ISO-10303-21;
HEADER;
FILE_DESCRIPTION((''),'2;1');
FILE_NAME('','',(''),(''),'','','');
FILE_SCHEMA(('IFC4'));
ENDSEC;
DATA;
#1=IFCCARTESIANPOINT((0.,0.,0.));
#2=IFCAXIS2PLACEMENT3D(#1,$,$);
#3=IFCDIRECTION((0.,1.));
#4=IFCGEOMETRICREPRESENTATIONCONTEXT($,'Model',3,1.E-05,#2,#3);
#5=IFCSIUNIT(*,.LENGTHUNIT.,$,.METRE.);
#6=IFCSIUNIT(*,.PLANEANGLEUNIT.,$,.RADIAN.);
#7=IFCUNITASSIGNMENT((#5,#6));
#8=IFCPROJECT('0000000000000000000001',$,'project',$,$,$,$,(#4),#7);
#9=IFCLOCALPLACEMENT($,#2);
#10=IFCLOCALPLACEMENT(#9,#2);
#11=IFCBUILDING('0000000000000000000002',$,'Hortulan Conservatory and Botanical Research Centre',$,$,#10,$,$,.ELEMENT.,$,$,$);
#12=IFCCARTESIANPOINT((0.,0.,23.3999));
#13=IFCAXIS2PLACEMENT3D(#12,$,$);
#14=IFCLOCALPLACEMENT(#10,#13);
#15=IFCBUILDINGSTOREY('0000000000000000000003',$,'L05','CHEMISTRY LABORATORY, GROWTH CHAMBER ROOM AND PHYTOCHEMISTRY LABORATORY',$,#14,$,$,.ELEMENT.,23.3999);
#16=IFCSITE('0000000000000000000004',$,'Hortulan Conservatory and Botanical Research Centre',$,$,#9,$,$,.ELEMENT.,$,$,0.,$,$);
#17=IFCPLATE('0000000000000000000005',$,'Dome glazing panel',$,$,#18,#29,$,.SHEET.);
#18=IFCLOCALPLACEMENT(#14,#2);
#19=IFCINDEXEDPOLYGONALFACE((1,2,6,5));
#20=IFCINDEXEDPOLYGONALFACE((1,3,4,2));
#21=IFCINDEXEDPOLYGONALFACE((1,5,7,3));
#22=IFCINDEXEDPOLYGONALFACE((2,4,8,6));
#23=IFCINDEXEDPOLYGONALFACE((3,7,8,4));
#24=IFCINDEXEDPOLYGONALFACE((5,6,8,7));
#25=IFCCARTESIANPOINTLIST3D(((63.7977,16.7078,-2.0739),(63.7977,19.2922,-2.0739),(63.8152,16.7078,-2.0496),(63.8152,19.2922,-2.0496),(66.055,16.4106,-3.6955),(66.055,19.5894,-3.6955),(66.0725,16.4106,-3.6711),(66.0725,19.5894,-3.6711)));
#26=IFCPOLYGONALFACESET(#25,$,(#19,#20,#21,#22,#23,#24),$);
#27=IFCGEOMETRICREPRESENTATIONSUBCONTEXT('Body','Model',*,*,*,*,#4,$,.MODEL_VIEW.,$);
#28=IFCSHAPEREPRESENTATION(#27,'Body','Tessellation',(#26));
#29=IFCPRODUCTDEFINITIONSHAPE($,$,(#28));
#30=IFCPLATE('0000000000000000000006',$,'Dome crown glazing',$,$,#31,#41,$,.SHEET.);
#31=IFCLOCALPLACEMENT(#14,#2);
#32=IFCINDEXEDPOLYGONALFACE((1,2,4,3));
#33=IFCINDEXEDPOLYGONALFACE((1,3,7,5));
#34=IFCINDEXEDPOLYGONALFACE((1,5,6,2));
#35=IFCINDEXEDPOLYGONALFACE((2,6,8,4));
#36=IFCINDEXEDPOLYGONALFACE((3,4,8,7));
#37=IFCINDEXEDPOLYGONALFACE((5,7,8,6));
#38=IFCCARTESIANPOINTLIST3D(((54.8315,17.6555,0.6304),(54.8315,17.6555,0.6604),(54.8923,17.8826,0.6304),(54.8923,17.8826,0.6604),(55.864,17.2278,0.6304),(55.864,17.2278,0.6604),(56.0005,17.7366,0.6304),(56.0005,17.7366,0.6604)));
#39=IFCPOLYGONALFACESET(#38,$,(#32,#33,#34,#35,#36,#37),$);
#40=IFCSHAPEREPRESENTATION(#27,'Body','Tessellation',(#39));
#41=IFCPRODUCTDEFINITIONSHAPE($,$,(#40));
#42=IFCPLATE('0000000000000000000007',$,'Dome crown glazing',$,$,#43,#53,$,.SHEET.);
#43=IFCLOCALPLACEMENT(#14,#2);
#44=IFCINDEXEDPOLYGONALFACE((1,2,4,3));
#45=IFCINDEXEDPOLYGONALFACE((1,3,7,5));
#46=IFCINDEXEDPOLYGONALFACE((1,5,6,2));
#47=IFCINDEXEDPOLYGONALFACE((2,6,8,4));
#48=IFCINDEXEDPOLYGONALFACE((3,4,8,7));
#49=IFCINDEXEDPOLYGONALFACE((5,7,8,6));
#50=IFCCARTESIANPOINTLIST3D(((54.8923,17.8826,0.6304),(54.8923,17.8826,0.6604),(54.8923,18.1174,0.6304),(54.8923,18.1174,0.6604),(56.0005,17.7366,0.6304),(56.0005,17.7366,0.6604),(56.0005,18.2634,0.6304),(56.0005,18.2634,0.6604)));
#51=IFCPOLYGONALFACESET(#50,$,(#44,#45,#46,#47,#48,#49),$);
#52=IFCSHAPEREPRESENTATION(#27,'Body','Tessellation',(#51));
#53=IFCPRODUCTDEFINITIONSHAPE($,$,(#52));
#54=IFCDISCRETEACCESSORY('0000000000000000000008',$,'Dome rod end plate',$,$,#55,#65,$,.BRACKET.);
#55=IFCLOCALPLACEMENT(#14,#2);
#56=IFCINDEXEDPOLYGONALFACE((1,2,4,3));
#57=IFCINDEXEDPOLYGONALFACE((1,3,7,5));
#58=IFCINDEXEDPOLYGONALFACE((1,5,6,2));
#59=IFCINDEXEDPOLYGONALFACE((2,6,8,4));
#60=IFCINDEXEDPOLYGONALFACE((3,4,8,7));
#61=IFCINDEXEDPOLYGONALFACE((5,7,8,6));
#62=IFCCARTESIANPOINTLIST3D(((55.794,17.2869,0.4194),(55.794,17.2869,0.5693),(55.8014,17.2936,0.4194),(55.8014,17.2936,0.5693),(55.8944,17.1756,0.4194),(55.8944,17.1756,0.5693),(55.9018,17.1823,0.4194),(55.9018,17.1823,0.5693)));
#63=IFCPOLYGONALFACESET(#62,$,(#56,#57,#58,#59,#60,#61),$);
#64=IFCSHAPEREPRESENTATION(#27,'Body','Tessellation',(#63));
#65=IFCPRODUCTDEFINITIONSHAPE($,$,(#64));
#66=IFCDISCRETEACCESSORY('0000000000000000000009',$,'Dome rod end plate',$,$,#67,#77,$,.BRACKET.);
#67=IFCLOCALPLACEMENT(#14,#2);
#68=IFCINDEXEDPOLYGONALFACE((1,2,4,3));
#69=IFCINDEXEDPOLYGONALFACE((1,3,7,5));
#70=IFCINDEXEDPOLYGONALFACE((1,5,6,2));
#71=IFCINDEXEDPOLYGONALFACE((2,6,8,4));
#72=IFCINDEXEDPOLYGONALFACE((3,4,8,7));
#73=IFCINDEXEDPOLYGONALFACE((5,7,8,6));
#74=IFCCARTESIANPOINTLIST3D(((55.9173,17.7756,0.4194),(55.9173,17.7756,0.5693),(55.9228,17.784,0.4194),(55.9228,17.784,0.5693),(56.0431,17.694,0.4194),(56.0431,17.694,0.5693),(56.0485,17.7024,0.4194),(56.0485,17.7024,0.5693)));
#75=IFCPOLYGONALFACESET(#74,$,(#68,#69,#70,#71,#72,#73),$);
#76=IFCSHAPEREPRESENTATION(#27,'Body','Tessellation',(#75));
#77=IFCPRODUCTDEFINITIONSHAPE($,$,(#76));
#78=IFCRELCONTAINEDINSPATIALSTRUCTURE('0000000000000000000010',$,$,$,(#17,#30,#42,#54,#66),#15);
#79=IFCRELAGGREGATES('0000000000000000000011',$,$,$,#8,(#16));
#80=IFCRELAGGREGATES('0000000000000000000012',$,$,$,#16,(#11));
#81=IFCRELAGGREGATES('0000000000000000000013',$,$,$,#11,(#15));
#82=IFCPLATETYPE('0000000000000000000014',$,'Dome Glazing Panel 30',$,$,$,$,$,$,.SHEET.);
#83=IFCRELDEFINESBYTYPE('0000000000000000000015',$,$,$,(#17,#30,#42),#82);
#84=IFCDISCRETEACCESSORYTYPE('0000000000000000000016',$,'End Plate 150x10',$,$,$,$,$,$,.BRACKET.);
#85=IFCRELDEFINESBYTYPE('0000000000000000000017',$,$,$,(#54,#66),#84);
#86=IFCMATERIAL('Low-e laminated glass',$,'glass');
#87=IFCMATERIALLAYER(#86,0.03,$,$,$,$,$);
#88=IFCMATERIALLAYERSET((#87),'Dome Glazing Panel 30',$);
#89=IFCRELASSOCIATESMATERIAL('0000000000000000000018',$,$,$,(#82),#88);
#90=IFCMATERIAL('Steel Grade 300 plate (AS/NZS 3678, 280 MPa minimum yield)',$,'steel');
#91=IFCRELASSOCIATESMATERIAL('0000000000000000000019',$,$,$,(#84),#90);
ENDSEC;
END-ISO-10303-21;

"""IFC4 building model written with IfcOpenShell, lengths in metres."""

from ifc_helpers import new_model, si_unit, direction, frame, origin, origin_2d, place, context, subcontext, project, spatial, polyline, rectangle, outline, extrude, material, layer, layer_set, type_object, element, save


model = new_model("IFC4")

# Units and contexts
model_context = context("Model", 3, precision=1e-05, world=origin(), true_north=direction((0.0, 1.0)))
body_context = subcontext(model_context, "Body", "Model", "MODEL_VIEW")
ifc_project = project(units=[si_unit("LENGTHUNIT", "METRE"), si_unit("PLANEANGLEUNIT", "RADIAN")], contexts=[model_context])

# Site, building, storey
site_placement = place(None, origin())
site = spatial("IfcSite", under=ifc_project, at=site_placement, Name="Hortulan Conservatory and Botanical Research Centre", CompositionType="ELEMENT", RefElevation=0.0)
building_placement = place(site_placement, origin())
building = spatial("IfcBuilding", under=site, at=building_placement, Name="Hortulan Conservatory and Botanical Research Centre", CompositionType="ELEMENT")
storey_placement = place(building_placement, frame((0.0, 0.0, 23.3999)))
storey = spatial("IfcBuildingStorey", under=building, at=storey_placement, Name="L05", Description="CHEMISTRY LABORATORY, GROWTH CHAMBER ROOM AND PHYTOCHEMISTRY LABORATORY", CompositionType="ELEMENT", Elevation=23.3999)

# Plates
ifc_material_1 = material(Name="Low-e laminated glass", Category="glass")
ifc_layer = layer(ifc_material_1, 0.03)
ifc_layer_set = layer_set([ifc_layer], Name="Dome Glazing Panel 30")
plate_type = type_object("IfcPlateType", Name="Dome Glazing Panel 30", PredefinedType="SHEET", material=ifc_layer_set)
plate_1_placement = place(storey_placement, frame((66.0725, 16.4106, -3.6711), z_axis=(0.58343, 0.0, 0.812164), x_axis=(0.0, 1.0, 0.0)))
element("IfcPlate", 1, at=plate_1_placement, inside=storey, type_object=plate_type, Name="Dome glazing panel", PredefinedType="SHEET", context=body_context, shape_type="SweptSolid", body=[
    extrude(outline(polyline([(0.0, 0.0), (3.1787, 0.0), (2.8816, 2.7794), (0.2971, 2.7794), (0.0, 0.0)])), origin(), (0.0, 0.0, -1.0), 0.03),
])
plate_2_placement = place(storey_placement, frame((55.864, 17.2278, 0.6604), z_axis=(0.0, 0.0, 1.0), x_axis=(0.259076, 0.965857, 0.0)))
element("IfcPlate", 2, at=plate_2_placement, inside=storey, type_object=plate_type, Name="Dome crown glazing", PredefinedType="SHEET", context=body_context, shape_type="SweptSolid", body=[
    extrude(outline(polyline([(0.0, 0.0), (0.5268, 0.0), (0.3807, 1.1081), (0.1456, 1.108), (0.0, 0.0)])), origin(), (0.0, 0.0, -1.0), 0.03),
])
plate_3_placement = place(storey_placement, frame((56.0005, 17.7366, 0.6604), z_axis=(0.0, 0.0, 1.0), x_axis=(0.0, 1.0, 0.0)))
element("IfcPlate", 3, at=plate_3_placement, inside=storey, type_object=plate_type, Name="Dome crown glazing", PredefinedType="SHEET", context=body_context, shape_type="SweptSolid", body=[
    extrude(outline(polyline([(0.0, 0.0), (0.5269, 0.0), (0.3809, 1.1082), (0.146, 1.1082), (0.0, 0.0)])), origin(), (0.0, 0.0, -1.0), 0.03),
])

# Discrete accessories
ifc_material_2 = material(Name="Steel Grade 300 plate (AS/NZS 3678, 280 MPa minimum yield)", Category="steel")
discrete_accessory_type = type_object("IfcDiscreteAccessoryType", Name="End Plate 150x10", PredefinedType="BRACKET", material=ifc_material_2)
for number, where, z_axis, x_axis, name in (
    (4, (55.8479, 17.2346, 0.4194), (0.0, 0.0, 1.0), (0.669507, -0.742806, 0.0), "Dome rod end plate"),
    (5, (55.9829, 17.739, 0.4194), (0.0, 0.0, 1.0), (0.838965, -0.544185, 0.0), "Dome rod end plate"),
):
    element("IfcDiscreteAccessory", number, at=place(storey_placement, frame(where, z_axis=z_axis, x_axis=x_axis)), inside=storey, type_object=discrete_accessory_type, Name=name, PredefinedType="BRACKET", context=body_context, shape_type="SweptSolid", body=[
        extrude(rectangle(XDim=0.1499, YDim=0.01, at=origin_2d()), origin(), (0.0, 0.0, 1.0), 0.1499),
    ])

save(model, "model.ifc")
